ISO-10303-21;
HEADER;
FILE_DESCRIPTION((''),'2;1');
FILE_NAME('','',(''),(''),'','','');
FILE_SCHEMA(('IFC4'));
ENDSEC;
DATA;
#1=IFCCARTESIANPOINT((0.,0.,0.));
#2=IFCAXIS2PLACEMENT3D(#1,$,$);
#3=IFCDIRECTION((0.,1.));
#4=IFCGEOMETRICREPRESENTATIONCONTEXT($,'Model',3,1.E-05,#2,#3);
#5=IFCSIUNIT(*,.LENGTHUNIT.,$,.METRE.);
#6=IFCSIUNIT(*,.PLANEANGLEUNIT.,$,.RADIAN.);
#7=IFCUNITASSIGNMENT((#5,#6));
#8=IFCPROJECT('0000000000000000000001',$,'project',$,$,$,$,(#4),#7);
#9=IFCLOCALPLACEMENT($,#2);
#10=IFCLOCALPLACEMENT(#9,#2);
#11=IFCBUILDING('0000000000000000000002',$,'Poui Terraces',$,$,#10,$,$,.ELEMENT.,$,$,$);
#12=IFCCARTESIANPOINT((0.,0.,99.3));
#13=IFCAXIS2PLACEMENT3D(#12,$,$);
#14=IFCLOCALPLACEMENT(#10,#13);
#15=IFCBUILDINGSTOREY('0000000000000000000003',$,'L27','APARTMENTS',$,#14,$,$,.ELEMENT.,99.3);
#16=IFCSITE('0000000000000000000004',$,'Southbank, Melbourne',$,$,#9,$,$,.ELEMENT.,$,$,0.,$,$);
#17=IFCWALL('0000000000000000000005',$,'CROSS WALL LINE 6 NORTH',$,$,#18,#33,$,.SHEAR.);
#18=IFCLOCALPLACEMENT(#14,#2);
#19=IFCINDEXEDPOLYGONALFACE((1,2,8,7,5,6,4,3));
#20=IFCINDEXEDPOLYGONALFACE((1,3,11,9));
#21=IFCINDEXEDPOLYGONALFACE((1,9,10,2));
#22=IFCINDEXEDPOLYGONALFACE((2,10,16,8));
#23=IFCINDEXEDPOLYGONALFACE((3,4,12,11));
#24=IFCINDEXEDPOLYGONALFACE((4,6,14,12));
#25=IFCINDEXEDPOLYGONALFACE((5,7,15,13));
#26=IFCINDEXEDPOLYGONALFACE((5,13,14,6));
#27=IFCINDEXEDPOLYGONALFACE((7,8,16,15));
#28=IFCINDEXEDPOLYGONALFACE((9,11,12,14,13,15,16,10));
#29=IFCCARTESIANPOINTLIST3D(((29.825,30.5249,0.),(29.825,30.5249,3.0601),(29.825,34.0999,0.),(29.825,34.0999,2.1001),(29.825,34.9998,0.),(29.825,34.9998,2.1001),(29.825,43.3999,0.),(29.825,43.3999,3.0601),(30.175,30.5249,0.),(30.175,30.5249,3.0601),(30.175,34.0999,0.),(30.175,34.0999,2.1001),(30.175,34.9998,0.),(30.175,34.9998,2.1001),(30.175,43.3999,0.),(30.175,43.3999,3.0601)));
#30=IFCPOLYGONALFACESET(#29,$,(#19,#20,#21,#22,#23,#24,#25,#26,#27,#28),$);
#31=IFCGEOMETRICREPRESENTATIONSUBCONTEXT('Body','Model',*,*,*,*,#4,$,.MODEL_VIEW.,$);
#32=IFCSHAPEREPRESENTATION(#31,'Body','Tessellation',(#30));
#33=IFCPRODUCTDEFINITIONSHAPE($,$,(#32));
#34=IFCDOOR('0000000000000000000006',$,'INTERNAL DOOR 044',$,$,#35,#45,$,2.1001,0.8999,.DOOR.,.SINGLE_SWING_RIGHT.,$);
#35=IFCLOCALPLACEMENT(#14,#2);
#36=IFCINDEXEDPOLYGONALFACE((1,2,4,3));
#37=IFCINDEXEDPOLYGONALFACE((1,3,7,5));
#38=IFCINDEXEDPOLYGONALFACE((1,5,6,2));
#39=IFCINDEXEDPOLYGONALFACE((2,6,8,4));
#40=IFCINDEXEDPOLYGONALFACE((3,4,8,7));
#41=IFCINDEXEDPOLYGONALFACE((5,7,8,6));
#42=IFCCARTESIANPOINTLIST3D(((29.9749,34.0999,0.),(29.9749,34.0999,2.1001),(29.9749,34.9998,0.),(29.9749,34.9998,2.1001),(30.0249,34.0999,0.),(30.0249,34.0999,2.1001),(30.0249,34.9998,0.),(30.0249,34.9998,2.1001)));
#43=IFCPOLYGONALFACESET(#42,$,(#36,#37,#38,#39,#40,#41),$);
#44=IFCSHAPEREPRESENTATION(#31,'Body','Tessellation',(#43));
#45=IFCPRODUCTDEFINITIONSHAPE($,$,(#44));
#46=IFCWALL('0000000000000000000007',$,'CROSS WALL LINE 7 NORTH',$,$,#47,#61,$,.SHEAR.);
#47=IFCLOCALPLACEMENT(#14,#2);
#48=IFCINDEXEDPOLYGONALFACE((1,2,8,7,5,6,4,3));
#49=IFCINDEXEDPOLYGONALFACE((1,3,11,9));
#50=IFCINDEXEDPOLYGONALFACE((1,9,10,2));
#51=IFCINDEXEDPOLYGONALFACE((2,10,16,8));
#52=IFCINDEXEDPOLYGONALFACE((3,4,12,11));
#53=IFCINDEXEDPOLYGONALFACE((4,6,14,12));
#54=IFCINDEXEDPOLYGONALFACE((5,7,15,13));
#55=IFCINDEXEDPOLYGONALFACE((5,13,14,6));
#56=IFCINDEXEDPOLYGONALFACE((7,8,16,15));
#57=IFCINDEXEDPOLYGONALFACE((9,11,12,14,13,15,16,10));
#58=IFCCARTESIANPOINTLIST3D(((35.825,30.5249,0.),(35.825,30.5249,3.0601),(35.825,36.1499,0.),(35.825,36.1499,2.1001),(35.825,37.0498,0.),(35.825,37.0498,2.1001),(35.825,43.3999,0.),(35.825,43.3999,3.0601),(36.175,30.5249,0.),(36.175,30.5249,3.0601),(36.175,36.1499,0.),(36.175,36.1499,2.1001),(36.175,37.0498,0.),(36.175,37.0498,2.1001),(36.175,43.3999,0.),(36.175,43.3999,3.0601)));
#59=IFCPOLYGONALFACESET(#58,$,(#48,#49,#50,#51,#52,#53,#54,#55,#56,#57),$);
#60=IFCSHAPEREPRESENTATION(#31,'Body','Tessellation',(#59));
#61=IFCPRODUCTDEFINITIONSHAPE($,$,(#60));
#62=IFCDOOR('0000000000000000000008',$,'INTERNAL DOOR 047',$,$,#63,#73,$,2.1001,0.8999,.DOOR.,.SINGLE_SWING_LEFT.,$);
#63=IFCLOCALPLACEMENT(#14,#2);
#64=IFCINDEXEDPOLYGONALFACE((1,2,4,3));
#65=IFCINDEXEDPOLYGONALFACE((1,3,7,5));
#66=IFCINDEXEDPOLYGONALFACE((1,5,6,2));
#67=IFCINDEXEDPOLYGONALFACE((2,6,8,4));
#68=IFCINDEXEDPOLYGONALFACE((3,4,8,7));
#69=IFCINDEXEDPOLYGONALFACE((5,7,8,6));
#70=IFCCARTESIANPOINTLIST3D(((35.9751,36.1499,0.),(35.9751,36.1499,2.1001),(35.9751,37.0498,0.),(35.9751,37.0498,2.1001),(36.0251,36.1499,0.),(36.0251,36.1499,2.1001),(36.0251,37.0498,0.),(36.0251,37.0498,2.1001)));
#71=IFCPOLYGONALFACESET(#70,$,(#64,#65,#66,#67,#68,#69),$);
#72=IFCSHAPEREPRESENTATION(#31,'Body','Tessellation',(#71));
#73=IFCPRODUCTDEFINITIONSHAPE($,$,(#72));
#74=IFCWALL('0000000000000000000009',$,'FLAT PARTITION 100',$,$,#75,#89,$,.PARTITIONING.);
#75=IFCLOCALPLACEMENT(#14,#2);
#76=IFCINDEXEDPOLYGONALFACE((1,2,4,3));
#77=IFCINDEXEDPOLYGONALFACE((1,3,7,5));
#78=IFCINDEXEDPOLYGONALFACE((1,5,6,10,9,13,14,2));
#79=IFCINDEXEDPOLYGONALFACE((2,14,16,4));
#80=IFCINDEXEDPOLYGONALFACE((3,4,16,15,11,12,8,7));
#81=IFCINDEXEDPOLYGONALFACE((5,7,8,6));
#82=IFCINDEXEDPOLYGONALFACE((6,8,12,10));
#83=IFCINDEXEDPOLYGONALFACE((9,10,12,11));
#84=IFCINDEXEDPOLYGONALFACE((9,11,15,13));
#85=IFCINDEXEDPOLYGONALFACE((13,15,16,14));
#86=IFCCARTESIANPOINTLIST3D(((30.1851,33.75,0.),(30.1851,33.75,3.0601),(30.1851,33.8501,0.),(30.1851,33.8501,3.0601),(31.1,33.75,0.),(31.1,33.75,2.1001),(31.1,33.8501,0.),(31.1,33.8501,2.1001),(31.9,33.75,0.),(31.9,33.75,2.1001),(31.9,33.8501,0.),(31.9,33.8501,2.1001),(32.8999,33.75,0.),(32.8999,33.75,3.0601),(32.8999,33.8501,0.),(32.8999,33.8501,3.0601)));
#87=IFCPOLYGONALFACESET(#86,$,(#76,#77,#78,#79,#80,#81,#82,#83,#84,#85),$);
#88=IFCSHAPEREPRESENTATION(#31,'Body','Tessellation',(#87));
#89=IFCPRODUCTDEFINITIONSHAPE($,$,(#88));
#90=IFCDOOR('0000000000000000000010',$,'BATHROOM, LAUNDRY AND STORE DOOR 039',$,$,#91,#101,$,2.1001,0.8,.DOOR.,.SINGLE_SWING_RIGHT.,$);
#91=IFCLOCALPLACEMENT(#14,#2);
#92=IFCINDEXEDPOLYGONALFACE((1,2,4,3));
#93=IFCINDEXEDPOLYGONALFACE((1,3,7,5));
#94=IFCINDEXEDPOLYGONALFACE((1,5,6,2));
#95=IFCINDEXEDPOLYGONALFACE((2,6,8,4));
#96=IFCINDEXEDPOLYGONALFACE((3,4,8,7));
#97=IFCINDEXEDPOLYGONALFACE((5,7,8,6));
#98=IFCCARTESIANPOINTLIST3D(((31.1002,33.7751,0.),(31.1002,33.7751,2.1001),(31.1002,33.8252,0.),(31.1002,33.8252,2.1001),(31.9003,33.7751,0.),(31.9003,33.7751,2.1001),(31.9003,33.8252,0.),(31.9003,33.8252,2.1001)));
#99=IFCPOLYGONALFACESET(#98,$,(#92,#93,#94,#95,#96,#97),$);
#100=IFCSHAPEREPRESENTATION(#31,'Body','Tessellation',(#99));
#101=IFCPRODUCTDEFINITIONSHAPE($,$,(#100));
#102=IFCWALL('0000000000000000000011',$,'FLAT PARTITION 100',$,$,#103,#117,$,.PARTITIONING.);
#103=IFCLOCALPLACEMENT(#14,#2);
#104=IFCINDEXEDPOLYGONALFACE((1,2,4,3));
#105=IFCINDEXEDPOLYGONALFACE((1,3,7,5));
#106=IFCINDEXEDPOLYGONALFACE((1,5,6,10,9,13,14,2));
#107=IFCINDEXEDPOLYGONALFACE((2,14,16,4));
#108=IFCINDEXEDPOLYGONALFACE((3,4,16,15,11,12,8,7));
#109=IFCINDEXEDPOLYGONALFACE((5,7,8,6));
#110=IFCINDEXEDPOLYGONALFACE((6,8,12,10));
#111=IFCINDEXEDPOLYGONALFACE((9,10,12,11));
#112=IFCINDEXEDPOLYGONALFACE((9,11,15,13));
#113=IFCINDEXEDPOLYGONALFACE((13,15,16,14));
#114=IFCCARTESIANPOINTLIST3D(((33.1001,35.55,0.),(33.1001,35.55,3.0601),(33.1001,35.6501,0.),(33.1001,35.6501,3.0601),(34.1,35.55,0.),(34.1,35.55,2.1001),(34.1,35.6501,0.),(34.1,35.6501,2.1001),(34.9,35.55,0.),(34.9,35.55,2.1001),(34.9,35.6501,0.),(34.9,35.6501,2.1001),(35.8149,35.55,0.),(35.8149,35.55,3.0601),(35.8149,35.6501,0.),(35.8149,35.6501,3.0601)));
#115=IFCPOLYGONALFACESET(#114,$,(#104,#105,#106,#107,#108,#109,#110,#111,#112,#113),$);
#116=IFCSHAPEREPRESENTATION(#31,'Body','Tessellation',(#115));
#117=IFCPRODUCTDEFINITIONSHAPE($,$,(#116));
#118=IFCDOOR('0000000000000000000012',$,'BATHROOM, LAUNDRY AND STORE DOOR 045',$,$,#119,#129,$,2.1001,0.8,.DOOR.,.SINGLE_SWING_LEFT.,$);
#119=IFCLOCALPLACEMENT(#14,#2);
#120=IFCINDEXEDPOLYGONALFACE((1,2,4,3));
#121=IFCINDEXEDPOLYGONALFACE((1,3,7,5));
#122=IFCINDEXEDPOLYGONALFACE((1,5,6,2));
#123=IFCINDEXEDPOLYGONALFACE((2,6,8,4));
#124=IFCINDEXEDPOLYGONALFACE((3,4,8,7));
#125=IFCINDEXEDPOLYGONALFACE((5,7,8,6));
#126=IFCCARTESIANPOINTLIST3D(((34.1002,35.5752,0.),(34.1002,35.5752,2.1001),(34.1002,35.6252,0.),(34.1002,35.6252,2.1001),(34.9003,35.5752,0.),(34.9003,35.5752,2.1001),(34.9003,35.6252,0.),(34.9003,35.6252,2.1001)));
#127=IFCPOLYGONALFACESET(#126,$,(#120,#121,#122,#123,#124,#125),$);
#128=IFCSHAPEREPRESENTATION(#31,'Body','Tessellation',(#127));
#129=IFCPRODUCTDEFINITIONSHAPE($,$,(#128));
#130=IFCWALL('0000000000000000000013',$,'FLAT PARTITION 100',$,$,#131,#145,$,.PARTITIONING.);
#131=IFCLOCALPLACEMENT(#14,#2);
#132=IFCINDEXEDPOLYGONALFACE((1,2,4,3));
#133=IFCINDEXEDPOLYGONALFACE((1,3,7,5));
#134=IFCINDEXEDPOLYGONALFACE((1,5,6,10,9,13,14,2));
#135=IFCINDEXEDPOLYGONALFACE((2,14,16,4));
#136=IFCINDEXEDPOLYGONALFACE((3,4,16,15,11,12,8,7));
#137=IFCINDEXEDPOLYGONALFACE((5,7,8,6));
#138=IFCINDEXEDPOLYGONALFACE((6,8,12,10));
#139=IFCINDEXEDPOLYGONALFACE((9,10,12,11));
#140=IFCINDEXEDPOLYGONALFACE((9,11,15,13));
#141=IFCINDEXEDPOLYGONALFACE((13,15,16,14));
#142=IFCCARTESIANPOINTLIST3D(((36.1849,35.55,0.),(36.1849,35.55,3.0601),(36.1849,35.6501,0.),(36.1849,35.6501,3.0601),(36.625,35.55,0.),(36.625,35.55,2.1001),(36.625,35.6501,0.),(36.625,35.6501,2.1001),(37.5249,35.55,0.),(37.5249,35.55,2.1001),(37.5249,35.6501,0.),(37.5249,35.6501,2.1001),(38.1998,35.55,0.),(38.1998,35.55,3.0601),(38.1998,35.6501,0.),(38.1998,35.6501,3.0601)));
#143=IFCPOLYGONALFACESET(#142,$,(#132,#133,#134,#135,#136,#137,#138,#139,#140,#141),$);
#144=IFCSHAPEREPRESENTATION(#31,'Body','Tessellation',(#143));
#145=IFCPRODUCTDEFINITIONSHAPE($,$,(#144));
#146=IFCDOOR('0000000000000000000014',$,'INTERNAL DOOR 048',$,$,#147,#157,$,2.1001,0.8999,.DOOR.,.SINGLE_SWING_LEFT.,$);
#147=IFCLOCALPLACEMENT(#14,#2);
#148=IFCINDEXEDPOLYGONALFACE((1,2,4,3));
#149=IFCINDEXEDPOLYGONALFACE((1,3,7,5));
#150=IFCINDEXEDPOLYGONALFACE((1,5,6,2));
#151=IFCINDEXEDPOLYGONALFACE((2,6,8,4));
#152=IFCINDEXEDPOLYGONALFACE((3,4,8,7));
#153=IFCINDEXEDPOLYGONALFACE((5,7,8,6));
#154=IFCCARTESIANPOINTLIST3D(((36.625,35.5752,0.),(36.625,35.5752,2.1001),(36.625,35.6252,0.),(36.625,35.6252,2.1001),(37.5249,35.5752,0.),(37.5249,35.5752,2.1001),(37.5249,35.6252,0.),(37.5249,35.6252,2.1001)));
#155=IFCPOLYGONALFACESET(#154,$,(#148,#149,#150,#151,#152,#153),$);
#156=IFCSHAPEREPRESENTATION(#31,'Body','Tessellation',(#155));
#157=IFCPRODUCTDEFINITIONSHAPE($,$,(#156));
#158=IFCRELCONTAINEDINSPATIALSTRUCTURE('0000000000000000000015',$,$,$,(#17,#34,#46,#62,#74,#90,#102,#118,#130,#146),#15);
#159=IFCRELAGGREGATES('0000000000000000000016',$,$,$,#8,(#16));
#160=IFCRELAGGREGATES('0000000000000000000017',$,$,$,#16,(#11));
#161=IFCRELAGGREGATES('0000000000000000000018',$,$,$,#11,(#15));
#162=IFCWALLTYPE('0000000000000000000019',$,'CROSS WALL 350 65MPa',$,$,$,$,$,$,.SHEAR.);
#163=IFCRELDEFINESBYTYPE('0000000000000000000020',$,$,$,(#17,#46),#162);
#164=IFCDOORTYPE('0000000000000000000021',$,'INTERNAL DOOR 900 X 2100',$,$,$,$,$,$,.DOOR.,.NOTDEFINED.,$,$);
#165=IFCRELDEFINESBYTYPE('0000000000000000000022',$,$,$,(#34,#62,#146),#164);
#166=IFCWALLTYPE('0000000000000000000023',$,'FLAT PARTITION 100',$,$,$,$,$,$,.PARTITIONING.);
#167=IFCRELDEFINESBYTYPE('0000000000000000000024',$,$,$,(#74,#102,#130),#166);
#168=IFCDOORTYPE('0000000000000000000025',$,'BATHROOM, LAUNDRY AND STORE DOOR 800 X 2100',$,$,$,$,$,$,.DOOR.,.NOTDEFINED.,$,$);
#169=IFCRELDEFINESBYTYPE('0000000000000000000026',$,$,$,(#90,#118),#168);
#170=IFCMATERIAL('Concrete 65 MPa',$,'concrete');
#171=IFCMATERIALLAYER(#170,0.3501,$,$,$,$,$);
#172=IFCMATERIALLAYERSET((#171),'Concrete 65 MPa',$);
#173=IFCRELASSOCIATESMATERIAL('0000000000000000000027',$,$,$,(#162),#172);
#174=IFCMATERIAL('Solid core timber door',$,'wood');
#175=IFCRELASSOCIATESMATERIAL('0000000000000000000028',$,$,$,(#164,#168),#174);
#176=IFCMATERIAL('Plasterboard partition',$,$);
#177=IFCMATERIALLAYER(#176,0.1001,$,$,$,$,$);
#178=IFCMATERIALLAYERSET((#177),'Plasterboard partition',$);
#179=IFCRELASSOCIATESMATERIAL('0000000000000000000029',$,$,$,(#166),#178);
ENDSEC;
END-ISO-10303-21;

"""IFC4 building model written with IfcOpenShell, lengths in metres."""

from ifc_helpers import new_model, si_unit, direction, frame, frame_2d, origin, place, context, subcontext, project, spatial, rectangle, extrude, material, layer, layer_set, type_object, element, fill, save


model = new_model("IFC4")

# Units and contexts
model_context = context("Model", 3, precision=1e-05, world=origin(), true_north=direction((0.0, 1.0)))
body_context = subcontext(model_context, "Body", "Model", "MODEL_VIEW")
ifc_project = project(units=[si_unit("LENGTHUNIT", "METRE"), si_unit("PLANEANGLEUNIT", "RADIAN")], contexts=[model_context])

# Site, building, storey
site_placement = place(None, origin())
site = spatial("IfcSite", under=ifc_project, at=site_placement, Name="Southbank, Melbourne", CompositionType="ELEMENT", RefElevation=0.0)
building_placement = place(site_placement, origin())
building = spatial("IfcBuilding", under=site, at=building_placement, Name="Poui Terraces", CompositionType="ELEMENT")
storey_placement = place(building_placement, frame((0.0, 0.0, 99.3)))
storey = spatial("IfcBuildingStorey", under=building, at=storey_placement, Name="L27", Description="APARTMENTS", CompositionType="ELEMENT", Elevation=99.3)

# Walls, openings, doors
ifc_material_1 = material(Name="Concrete 65 MPa", Category="concrete")
ifc_layer_1 = layer(ifc_material_1, 0.3501)
ifc_layer_set_1 = layer_set([ifc_layer_1], Name="Concrete 65 MPa")
wall_type_1 = type_object("IfcWallType", Name="CROSS WALL 350 65MPa", PredefinedType="SHEAR", material=ifc_layer_set_1)
wall_1_placement = place(storey_placement, frame((30.0, 30.5249, 0.0), z_axis=(0.0, 0.0, 1.0), x_axis=(0.0, 1.0, 0.0)))
wall_1 = element("IfcWall", 1, at=wall_1_placement, inside=storey, type_object=wall_type_1, Name="CROSS WALL LINE 6 NORTH", PredefinedType="SHEAR", context=body_context, shape_type="SweptSolid", body=[
    extrude(rectangle(XDim=12.875, YDim=0.3501, at=frame_2d((6.4375, 0.0))), origin(), (0.0, 0.0, 1.0), 3.0601),
])
opening_1_placement = place(wall_1_placement, frame((3.575, 0.0, 0.0)))
opening_1 = element("IfcOpeningElement", 2, at=opening_1_placement, cuts=wall_1, PredefinedType="OPENING", context=body_context, shape_type="SweptSolid", body=[
    extrude(rectangle(XDim=0.8999, YDim=2.1001, at=frame_2d((0.45, 1.05))), frame((0.0, 0.1851, 0.0), z_axis=(0.0, -1.0, 0.0), x_axis=(1.0, 0.0, 0.0)), (0.0, 0.0, 1.0), 0.3701),
])
ifc_material_2 = material(Name="Solid core timber door", Category="wood")
door_type_1 = type_object("IfcDoorType", Name="INTERNAL DOOR 900 X 2100", OperationType="NOTDEFINED", PredefinedType="DOOR", material=ifc_material_2)
door_1_placement = place(opening_1_placement, frame((0.8999, 0.0, 0.0), z_axis=(0.0, 0.0, 1.0), x_axis=(-1.0, 0.0, 0.0)))
door_1 = element("IfcDoor", 3, at=door_1_placement, inside=storey, type_object=door_type_1, Name="INTERNAL DOOR 044", OperationType="SINGLE_SWING_RIGHT", OverallHeight=2.1001, OverallWidth=0.8999, PredefinedType="DOOR", context=body_context, shape_type="SweptSolid", body=[
    extrude(rectangle(XDim=0.8999, YDim=2.1001, at=frame_2d((0.45, 1.05))), frame((0.0, 0.0249, 0.0), z_axis=(0.0, -1.0, 0.0), x_axis=(1.0, 0.0, 0.0)), (0.0, 0.0, 1.0), 0.05),
])
fill(opening_1, door_1)
wall_2_placement = place(storey_placement, frame((36.0, 30.5249, 0.0), z_axis=(0.0, 0.0, 1.0), x_axis=(0.0, 1.0, 0.0)))
wall_2 = element("IfcWall", 4, at=wall_2_placement, inside=storey, type_object=wall_type_1, Name="CROSS WALL LINE 7 NORTH", PredefinedType="SHEAR", context=body_context, shape_type="SweptSolid", body=[
    extrude(rectangle(XDim=12.875, YDim=0.3501, at=frame_2d((6.4375, 0.0))), origin(), (0.0, 0.0, 1.0), 3.0601),
])
opening_2_placement = place(wall_2_placement, frame((5.625, 0.0, 0.0)))
opening_2 = element("IfcOpeningElement", 5, at=opening_2_placement, cuts=wall_2, PredefinedType="OPENING", context=body_context, shape_type="SweptSolid", body=[
    extrude(rectangle(XDim=0.8999, YDim=2.1001, at=frame_2d((0.45, 1.05))), frame((0.0, 0.1851, 0.0), z_axis=(0.0, -1.0, 0.0), x_axis=(1.0, 0.0, 0.0)), (0.0, 0.0, 1.0), 0.3701),
])
door_2_placement = place(opening_2_placement, origin())
door_2 = element("IfcDoor", 6, at=door_2_placement, inside=storey, type_object=door_type_1, Name="INTERNAL DOOR 047", OperationType="SINGLE_SWING_LEFT", OverallHeight=2.1001, OverallWidth=0.8999, PredefinedType="DOOR", context=body_context, shape_type="SweptSolid", body=[
    extrude(rectangle(XDim=0.8999, YDim=2.1001, at=frame_2d((0.45, 1.05))), frame((0.0, 0.0249, 0.0), z_axis=(0.0, -1.0, 0.0), x_axis=(1.0, 0.0, 0.0)), (0.0, 0.0, 1.0), 0.05),
])
fill(opening_2, door_2)
ifc_material_3 = material(Name="Plasterboard partition")
ifc_layer_2 = layer(ifc_material_3, 0.1001)
ifc_layer_set_2 = layer_set([ifc_layer_2], Name="Plasterboard partition")
wall_type_2 = type_object("IfcWallType", Name="FLAT PARTITION 100", PredefinedType="PARTITIONING", material=ifc_layer_set_2)
wall_3_placement = place(storey_placement, frame((30.1851, 33.8, 0.0), z_axis=(0.0, 0.0, 1.0), x_axis=(1.0, 0.0, 0.0)))
wall_3 = element("IfcWall", 7, at=wall_3_placement, inside=storey, type_object=wall_type_2, Name="FLAT PARTITION 100", PredefinedType="PARTITIONING", context=body_context, shape_type="SweptSolid", body=[
    extrude(rectangle(XDim=2.7148, YDim=0.1001, at=frame_2d((1.3574, 0.0))), origin(), (0.0, 0.0, 1.0), 3.0601),
])
opening_3_placement = place(wall_3_placement, frame((0.915, 0.0, 0.0)))
opening_3 = element("IfcOpeningElement", 8, at=opening_3_placement, cuts=wall_3, PredefinedType="OPENING", context=body_context, shape_type="SweptSolid", body=[
    extrude(rectangle(XDim=0.8, YDim=2.1001, at=frame_2d((0.3999, 1.05))), frame((0.0, 0.0601, 0.0), z_axis=(0.0, -1.0, 0.0), x_axis=(1.0, 0.0, 0.0)), (0.0, 0.0, 1.0), 0.1201),
])
door_type_2 = type_object("IfcDoorType", Name="BATHROOM, LAUNDRY AND STORE DOOR 800 X 2100", OperationType="NOTDEFINED", PredefinedType="DOOR", material=ifc_material_2)
door_3_placement = place(opening_3_placement, frame((0.8, 0.0, 0.0), z_axis=(0.0, 0.0, 1.0), x_axis=(-1.0, 0.0, 0.0)))
door_3 = element("IfcDoor", 9, at=door_3_placement, inside=storey, type_object=door_type_2, Name="BATHROOM, LAUNDRY AND STORE DOOR 039", OperationType="SINGLE_SWING_RIGHT", OverallHeight=2.1001, OverallWidth=0.8, PredefinedType="DOOR", context=body_context, shape_type="SweptSolid", body=[
    extrude(rectangle(XDim=0.8, YDim=2.1001, at=frame_2d((0.3999, 1.05))), frame((0.0, 0.0249, 0.0), z_axis=(0.0, -1.0, 0.0), x_axis=(1.0, 0.0, 0.0)), (0.0, 0.0, 1.0), 0.05),
])
fill(opening_3, door_3)
wall_4_placement = place(storey_placement, frame((33.1001, 35.6001, 0.0), z_axis=(0.0, 0.0, 1.0), x_axis=(1.0, 0.0, 0.0)))
wall_4 = element("IfcWall", 10, at=wall_4_placement, inside=storey, type_object=wall_type_2, Name="FLAT PARTITION 100", PredefinedType="PARTITIONING", context=body_context, shape_type="SweptSolid", body=[
    extrude(rectangle(XDim=2.7148, YDim=0.1001, at=frame_2d((1.3574, 0.0))), origin(), (0.0, 0.0, 1.0), 3.0601),
])
opening_4_placement = place(wall_4_placement, frame((1.0, 0.0, 0.0)))
opening_4 = element("IfcOpeningElement", 11, at=opening_4_placement, cuts=wall_4, PredefinedType="OPENING", context=body_context, shape_type="SweptSolid", body=[
    extrude(rectangle(XDim=0.8, YDim=2.1001, at=frame_2d((0.3999, 1.05))), frame((0.0, 0.0601, 0.0), z_axis=(0.0, -1.0, 0.0), x_axis=(1.0, 0.0, 0.0)), (0.0, 0.0, 1.0), 0.1201),
])
door_4_placement = place(opening_4_placement, frame((0.8, 0.0, 0.0), z_axis=(0.0, 0.0, 1.0), x_axis=(-1.0, 0.0, 0.0)))
door_4 = element("IfcDoor", 12, at=door_4_placement, inside=storey, type_object=door_type_2, Name="BATHROOM, LAUNDRY AND STORE DOOR 045", OperationType="SINGLE_SWING_LEFT", OverallHeight=2.1001, OverallWidth=0.8, PredefinedType="DOOR", context=body_context, shape_type="SweptSolid", body=[
    extrude(rectangle(XDim=0.8, YDim=2.1001, at=frame_2d((0.3999, 1.05))), frame((0.0, 0.0249, 0.0), z_axis=(0.0, -1.0, 0.0), x_axis=(1.0, 0.0, 0.0)), (0.0, 0.0, 1.0), 0.05),
])
fill(opening_4, door_4)
wall_5_placement = place(storey_placement, frame((36.1851, 35.6001, 0.0), z_axis=(0.0, 0.0, 1.0), x_axis=(1.0, 0.0, 0.0)))
wall_5 = element("IfcWall", 13, at=wall_5_placement, inside=storey, type_object=wall_type_2, Name="FLAT PARTITION 100", PredefinedType="PARTITIONING", context=body_context, shape_type="SweptSolid", body=[
    extrude(rectangle(XDim=2.0149, YDim=0.1001, at=frame_2d((1.0073, 0.0))), origin(), (0.0, 0.0, 1.0), 3.0601),
])
opening_5_placement = place(wall_5_placement, frame((0.4399, 0.0, 0.0)))
opening_5 = element("IfcOpeningElement", 14, at=opening_5_placement, cuts=wall_5, PredefinedType="OPENING", context=body_context, shape_type="SweptSolid", body=[
    extrude(rectangle(XDim=0.8999, YDim=2.1001, at=frame_2d((0.45, 1.05))), frame((0.0, 0.0601, 0.0), z_axis=(0.0, -1.0, 0.0), x_axis=(1.0, 0.0, 0.0)), (0.0, 0.0, 1.0), 0.1201),
])
door_5_placement = place(opening_5_placement, frame((0.8999, 0.0, 0.0), z_axis=(0.0, 0.0, 1.0), x_axis=(-1.0, 0.0, 0.0)))
door_5 = element("IfcDoor", 15, at=door_5_placement, inside=storey, type_object=door_type_1, Name="INTERNAL DOOR 048", OperationType="SINGLE_SWING_LEFT", OverallHeight=2.1001, OverallWidth=0.8999, PredefinedType="DOOR", context=body_context, shape_type="SweptSolid", body=[
    extrude(rectangle(XDim=0.8999, YDim=2.1001, at=frame_2d((0.45, 1.05))), frame((0.0, 0.0249, 0.0), z_axis=(0.0, -1.0, 0.0), x_axis=(1.0, 0.0, 0.0)), (0.0, 0.0, 1.0), 0.05),
])
fill(opening_5, door_5)

save(model, "model.ifc")
